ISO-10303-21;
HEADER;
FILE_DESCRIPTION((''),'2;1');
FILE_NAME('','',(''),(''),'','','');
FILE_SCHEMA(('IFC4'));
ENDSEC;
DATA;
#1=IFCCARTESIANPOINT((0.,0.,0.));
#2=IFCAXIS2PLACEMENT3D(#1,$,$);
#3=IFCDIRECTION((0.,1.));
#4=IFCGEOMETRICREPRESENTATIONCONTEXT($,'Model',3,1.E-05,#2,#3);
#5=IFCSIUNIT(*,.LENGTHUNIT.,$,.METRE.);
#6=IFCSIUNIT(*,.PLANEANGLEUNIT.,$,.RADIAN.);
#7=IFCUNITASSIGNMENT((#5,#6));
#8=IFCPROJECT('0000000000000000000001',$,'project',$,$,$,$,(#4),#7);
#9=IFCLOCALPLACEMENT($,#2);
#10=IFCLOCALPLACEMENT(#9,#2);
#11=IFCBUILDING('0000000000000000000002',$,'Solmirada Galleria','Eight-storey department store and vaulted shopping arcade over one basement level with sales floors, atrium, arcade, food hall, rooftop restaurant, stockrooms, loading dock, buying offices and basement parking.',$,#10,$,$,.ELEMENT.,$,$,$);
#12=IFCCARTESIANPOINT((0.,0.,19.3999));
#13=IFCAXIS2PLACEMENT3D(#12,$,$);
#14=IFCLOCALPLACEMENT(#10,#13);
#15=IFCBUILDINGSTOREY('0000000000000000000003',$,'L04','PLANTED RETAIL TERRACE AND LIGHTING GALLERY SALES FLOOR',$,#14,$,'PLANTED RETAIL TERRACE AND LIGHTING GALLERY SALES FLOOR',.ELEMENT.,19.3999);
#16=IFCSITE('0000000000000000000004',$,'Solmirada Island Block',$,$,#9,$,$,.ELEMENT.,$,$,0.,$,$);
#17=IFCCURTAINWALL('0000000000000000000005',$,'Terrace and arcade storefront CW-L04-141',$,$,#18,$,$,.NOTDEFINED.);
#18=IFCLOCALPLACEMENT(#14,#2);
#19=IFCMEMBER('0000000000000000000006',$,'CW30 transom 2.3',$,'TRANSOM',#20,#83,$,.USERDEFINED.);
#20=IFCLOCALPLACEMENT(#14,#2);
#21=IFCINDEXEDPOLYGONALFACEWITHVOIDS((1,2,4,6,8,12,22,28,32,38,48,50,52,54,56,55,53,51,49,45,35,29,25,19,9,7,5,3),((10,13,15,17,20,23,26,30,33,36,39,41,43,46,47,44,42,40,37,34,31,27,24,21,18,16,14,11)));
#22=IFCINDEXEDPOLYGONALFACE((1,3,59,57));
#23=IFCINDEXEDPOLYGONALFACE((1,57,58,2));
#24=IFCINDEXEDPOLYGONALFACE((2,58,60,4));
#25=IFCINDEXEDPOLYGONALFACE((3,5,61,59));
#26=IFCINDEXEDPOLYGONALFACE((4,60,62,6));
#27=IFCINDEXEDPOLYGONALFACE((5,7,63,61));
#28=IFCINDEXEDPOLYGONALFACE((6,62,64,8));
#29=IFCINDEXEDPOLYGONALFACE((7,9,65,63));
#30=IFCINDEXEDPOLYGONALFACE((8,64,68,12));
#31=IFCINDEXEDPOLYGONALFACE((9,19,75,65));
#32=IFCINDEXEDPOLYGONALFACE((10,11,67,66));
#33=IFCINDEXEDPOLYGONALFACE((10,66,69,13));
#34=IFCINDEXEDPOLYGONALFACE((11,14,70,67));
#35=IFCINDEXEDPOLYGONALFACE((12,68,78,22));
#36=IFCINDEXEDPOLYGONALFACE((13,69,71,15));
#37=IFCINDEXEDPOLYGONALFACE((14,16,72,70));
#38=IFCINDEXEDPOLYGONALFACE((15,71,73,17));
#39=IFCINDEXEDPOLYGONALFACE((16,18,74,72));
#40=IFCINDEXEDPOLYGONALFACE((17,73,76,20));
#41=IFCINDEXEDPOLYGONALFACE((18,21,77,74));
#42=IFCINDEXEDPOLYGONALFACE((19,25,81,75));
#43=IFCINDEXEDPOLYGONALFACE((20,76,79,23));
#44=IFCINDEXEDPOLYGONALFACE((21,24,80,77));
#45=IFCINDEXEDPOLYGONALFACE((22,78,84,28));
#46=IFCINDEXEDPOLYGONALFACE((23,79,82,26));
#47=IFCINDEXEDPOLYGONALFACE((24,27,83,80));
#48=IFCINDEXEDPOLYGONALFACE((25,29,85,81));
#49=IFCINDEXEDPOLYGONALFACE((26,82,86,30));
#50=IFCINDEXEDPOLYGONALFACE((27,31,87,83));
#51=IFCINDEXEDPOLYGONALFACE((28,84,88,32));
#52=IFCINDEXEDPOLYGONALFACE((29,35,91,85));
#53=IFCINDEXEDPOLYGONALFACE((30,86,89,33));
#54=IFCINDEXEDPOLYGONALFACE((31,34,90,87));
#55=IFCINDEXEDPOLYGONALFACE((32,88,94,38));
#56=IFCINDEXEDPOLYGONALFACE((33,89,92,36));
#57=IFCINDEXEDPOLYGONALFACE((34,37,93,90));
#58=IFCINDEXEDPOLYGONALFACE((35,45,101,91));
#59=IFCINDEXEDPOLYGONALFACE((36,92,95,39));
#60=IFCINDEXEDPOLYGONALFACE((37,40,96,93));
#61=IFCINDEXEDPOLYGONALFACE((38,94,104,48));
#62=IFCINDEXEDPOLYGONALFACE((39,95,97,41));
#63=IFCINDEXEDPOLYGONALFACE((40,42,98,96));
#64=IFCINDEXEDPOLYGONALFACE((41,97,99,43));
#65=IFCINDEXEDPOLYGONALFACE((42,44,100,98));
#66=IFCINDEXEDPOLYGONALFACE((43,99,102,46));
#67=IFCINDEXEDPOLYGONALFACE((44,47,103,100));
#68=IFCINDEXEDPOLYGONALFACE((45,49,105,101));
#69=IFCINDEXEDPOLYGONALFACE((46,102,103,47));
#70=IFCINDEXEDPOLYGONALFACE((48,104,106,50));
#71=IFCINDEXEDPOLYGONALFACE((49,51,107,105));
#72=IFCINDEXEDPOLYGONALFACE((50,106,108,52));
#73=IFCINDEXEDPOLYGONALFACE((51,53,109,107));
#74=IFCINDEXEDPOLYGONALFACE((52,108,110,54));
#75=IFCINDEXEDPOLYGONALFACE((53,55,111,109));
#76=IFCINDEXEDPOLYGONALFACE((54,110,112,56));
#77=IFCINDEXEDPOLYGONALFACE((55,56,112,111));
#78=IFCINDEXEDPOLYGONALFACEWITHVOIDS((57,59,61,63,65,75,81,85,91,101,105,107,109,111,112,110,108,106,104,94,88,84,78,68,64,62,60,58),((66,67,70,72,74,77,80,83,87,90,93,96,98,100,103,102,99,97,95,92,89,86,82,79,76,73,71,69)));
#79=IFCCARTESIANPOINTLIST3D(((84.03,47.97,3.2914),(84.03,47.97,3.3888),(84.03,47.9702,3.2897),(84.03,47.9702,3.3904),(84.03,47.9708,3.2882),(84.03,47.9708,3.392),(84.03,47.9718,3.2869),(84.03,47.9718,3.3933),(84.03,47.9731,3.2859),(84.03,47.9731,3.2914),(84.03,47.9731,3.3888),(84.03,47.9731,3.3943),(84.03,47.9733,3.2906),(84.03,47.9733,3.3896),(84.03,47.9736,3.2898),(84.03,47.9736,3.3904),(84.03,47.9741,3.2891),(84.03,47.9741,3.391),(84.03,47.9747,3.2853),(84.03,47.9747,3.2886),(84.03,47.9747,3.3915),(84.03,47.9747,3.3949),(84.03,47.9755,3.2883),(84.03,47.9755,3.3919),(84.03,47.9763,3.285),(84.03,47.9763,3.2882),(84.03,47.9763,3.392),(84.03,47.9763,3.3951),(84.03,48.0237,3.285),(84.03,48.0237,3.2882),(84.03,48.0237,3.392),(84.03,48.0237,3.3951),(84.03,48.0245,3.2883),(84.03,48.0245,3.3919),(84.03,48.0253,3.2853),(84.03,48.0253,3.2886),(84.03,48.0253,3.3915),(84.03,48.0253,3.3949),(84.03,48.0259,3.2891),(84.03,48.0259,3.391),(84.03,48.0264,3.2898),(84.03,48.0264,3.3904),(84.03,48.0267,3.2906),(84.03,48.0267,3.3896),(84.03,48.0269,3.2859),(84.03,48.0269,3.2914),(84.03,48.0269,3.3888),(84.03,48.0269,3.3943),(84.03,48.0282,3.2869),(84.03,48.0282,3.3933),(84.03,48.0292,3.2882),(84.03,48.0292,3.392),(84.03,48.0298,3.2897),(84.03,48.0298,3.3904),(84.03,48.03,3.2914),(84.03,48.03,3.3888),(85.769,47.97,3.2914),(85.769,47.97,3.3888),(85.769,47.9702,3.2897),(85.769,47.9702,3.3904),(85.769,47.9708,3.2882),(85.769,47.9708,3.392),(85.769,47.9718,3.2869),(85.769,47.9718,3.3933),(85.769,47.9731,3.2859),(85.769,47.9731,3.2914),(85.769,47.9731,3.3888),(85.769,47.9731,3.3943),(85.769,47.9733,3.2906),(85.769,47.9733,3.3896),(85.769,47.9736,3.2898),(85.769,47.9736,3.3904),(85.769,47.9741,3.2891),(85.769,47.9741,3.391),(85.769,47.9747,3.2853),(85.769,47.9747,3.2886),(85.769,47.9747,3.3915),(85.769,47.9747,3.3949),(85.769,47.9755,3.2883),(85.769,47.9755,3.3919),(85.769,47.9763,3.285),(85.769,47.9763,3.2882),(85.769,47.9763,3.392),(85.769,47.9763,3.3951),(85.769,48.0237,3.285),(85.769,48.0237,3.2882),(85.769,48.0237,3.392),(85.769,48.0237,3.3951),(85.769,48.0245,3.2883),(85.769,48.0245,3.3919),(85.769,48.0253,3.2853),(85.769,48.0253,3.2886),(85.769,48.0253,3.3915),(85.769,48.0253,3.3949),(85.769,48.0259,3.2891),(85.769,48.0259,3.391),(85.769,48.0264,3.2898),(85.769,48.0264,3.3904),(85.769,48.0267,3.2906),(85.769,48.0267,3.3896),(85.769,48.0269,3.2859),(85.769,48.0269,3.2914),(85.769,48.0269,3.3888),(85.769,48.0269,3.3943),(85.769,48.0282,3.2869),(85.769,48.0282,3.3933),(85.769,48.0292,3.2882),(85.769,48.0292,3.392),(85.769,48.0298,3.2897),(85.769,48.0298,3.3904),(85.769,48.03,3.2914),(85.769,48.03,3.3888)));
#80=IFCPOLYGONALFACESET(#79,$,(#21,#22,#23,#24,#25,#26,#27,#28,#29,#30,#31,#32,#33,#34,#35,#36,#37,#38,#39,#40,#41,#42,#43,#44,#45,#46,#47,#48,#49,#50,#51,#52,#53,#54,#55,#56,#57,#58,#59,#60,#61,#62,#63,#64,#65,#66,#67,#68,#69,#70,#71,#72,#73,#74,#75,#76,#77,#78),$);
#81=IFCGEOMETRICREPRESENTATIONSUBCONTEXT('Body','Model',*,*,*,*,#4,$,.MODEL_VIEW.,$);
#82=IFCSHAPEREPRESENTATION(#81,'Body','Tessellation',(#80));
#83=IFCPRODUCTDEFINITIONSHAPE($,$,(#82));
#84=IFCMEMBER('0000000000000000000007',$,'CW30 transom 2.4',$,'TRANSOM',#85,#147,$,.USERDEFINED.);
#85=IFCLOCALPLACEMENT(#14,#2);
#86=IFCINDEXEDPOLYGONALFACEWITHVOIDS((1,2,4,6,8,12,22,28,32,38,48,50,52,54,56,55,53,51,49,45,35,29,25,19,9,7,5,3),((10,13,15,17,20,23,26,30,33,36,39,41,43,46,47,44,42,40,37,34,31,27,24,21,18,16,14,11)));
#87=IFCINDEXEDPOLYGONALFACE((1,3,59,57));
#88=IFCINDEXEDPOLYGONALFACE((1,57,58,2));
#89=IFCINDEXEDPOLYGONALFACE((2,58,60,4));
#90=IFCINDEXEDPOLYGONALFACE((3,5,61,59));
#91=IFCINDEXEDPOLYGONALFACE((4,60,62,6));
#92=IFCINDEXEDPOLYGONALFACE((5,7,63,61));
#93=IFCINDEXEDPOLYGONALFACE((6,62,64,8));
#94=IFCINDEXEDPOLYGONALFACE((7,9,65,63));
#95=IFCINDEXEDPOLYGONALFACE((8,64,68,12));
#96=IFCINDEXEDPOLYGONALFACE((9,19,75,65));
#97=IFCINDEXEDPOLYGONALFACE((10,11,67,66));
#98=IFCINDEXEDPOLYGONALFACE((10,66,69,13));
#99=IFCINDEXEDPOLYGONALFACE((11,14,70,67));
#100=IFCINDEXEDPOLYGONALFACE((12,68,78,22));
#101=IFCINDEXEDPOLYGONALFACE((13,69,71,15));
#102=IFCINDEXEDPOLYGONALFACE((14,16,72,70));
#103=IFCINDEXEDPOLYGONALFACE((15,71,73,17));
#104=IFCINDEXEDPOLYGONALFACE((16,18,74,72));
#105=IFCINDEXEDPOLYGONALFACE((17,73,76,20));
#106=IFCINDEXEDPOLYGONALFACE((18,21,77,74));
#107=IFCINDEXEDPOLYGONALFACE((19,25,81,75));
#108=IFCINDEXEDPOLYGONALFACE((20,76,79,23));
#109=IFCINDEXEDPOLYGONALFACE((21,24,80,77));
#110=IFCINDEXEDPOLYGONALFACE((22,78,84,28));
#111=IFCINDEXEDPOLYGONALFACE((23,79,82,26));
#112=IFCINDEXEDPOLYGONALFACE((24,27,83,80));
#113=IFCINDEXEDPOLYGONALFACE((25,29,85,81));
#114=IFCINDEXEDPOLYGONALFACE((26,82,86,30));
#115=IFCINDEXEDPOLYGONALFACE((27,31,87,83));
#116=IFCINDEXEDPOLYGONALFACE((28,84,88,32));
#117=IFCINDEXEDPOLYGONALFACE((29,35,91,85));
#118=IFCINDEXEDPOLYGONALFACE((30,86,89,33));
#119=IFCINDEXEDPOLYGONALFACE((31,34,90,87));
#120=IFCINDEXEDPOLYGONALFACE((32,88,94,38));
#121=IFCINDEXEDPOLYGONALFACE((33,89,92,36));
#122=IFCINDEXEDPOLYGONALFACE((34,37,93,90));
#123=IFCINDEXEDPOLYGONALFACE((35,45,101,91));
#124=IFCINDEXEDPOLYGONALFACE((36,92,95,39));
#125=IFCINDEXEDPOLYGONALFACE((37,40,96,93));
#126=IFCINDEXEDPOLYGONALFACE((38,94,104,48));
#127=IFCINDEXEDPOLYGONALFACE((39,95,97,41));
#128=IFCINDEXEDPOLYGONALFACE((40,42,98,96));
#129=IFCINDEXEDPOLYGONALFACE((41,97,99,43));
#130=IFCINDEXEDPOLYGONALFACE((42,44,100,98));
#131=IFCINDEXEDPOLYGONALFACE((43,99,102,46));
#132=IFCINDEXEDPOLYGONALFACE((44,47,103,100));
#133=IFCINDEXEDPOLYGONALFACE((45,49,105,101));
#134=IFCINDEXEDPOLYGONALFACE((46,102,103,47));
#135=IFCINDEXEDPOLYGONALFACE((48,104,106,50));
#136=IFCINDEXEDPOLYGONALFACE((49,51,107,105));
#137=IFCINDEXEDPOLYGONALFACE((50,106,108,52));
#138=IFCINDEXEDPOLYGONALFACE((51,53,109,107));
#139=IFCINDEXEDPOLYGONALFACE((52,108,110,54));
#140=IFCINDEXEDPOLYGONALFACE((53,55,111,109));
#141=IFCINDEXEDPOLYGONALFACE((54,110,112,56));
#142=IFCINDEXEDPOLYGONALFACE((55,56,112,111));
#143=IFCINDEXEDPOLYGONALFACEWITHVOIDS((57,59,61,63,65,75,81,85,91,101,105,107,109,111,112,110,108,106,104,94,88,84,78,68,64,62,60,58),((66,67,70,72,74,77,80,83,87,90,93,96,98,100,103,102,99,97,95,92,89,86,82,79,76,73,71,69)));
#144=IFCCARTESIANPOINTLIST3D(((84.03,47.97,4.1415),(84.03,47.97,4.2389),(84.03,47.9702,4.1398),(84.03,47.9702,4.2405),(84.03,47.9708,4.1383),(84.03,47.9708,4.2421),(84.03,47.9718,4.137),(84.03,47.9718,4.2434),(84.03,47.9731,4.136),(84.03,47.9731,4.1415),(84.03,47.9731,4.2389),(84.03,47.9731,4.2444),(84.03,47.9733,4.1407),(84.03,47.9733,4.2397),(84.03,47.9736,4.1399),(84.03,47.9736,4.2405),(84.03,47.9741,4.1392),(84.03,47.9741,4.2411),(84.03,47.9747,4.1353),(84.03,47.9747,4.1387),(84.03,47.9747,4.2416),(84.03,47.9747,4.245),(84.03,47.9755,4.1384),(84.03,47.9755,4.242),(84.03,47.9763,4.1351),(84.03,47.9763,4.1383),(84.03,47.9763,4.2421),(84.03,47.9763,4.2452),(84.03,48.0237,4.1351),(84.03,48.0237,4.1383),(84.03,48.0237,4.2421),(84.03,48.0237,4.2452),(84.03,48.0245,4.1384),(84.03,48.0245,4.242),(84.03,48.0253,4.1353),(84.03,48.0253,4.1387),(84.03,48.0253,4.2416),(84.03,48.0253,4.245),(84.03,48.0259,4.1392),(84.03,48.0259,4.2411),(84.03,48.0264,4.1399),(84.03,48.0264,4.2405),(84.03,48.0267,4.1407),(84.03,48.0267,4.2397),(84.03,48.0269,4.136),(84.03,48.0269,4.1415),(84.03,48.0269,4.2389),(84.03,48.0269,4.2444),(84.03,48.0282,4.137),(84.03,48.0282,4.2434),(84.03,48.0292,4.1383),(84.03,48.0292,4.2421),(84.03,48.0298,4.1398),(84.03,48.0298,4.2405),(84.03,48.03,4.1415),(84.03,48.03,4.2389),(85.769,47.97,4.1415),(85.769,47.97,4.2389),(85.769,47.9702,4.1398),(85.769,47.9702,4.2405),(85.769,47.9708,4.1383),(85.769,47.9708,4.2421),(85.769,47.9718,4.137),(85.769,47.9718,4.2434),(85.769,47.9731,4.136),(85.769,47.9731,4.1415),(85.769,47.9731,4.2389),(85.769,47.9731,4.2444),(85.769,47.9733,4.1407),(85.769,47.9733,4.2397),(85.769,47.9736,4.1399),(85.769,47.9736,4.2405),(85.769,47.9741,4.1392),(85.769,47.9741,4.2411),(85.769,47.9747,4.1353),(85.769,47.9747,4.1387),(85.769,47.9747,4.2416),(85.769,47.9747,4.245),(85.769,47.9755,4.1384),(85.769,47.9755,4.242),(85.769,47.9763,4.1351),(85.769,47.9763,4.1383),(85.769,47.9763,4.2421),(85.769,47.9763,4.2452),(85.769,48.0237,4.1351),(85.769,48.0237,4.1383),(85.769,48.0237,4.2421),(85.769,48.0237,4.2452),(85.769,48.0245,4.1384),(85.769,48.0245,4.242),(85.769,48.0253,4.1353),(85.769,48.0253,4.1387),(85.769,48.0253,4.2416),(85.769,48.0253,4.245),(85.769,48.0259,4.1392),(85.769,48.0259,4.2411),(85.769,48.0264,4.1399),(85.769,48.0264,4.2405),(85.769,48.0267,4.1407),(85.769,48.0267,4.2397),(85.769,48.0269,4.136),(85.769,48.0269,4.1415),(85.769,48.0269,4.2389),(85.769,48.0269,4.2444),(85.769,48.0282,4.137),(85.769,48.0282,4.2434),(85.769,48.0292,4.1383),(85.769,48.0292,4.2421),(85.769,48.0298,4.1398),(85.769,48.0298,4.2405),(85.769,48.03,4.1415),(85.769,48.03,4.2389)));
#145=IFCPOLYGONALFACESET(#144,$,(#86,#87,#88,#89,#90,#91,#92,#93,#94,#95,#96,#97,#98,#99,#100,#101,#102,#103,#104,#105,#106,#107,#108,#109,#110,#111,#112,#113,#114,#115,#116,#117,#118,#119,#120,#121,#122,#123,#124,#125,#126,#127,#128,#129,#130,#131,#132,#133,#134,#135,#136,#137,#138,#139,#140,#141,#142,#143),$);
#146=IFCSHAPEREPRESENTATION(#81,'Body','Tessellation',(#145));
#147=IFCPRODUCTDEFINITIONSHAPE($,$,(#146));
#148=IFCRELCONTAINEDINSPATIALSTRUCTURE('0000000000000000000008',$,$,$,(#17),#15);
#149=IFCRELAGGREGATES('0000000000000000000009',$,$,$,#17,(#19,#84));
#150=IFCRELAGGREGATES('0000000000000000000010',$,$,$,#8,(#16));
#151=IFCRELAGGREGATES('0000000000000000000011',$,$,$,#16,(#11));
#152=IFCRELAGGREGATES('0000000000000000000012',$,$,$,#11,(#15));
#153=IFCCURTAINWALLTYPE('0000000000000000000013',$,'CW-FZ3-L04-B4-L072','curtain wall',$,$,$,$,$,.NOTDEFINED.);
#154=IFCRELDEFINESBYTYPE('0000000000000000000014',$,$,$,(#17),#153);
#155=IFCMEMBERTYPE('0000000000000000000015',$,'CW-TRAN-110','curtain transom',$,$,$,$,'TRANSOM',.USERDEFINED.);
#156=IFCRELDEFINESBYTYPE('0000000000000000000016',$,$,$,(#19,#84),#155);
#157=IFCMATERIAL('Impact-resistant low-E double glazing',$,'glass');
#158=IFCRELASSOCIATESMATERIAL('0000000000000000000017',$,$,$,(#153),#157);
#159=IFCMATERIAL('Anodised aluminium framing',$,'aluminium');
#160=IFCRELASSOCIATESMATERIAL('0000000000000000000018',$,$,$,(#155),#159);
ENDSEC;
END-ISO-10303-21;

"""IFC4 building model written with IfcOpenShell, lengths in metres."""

from ifc_helpers import new_model, si_unit, direction, frame, origin, origin_2d, place, context, subcontext, project, spatial, hollow_rectangle, extrude, material, material_profile, profile_set, type_object, element, aggregate, save


model = new_model("IFC4")

# Units and contexts
model_context = context("Model", 3, precision=1e-05, world=origin(), true_north=direction((0.0, 1.0)))
body_context = subcontext(model_context, "Body", "Model", "MODEL_VIEW")
ifc_project = project(units=[si_unit("LENGTHUNIT", "METRE"), si_unit("PLANEANGLEUNIT", "RADIAN")], contexts=[model_context])

# Site, building, storey
site_placement = place(None, origin())
site = spatial("IfcSite", under=ifc_project, at=site_placement, Name="Solmirada Island Block", CompositionType="ELEMENT", RefElevation=0.0)
building_placement = place(site_placement, origin())
building = spatial("IfcBuilding", under=site, at=building_placement, Name="Solmirada Galleria", Description="Eight-storey department store and vaulted shopping arcade over one basement level with sales floors, atrium, arcade, food hall, rooftop restaurant, stockrooms, loading dock, buying offices and basement parking.", CompositionType="ELEMENT")
storey_placement = place(building_placement, frame((0.0, 0.0, 19.3999)))
storey = spatial("IfcBuildingStorey", under=building, at=storey_placement, Name="L04", Description="PLANTED RETAIL TERRACE AND LIGHTING GALLERY SALES FLOOR", LongName="PLANTED RETAIL TERRACE AND LIGHTING GALLERY SALES FLOOR", CompositionType="ELEMENT", Elevation=19.3999)

# Curtain wall, members
ifc_material_1 = material(Name="Impact-resistant low-E double glazing", Category="glass")
curtain_wall_type = type_object("IfcCurtainWallType", Name="CW-FZ3-L04-B4-L072", Description="curtain wall", PredefinedType="NOTDEFINED", material=ifc_material_1)
curtain_wall_placement = place(storey_placement, origin())
curtain_wall = element("IfcCurtainWall", 1, at=curtain_wall_placement, inside=storey, type_object=curtain_wall_type, Name="Terrace and arcade storefront CW-L04-141", PredefinedType="NOTDEFINED")
ifc_material_2 = material(Name="Anodised aluminium framing", Category="aluminium")
ifc_material_profile_1 = material_profile(ifc_material_2, hollow_rectangle(XDim=0.0601, YDim=0.1101, WallThickness=0.0032, InnerFilletRadius=0.0032, OuterFilletRadius=0.0063, at=origin_2d()), Name="ALU-TRAN-110X60")
ifc_profile_set_1 = profile_set([ifc_material_profile_1], Name="Anodised aluminium framing")
member_type_1 = type_object("IfcMemberType", Name="CW-TRAN-110", Description="curtain transom", ElementType="TRANSOM", PredefinedType="USERDEFINED", material=ifc_profile_set_1)
member_1_placement = place(storey_placement, frame((85.769, 48.0, 3.3401), z_axis=(-1.0, 0.0, 0.0), x_axis=(0.0, -1.0, 0.0)))
member_1 = element("IfcMember", 2, at=member_1_placement, type_object=member_type_1, Name="CW30 transom 2.3", ObjectType="TRANSOM", PredefinedType="USERDEFINED", context=body_context, shape_type="SweptSolid", body=[
    extrude(hollow_rectangle(XDim=0.0601, YDim=0.1101, WallThickness=0.0032, InnerFilletRadius=0.0032, OuterFilletRadius=0.0063, at=origin_2d()), origin(), (0.0, 0.0, 1.0), 1.739),
])
member_2_placement = place(storey_placement, frame((85.769, 48.0, 4.1902), z_axis=(-1.0, 0.0, 0.0), x_axis=(0.0, -1.0, 0.0)))
member_2 = element("IfcMember", 3, at=member_2_placement, type_object=member_type_1, Name="CW30 transom 2.4", ObjectType="TRANSOM", PredefinedType="USERDEFINED", context=body_context, shape_type="SweptSolid", body=[
    extrude(hollow_rectangle(XDim=0.0601, YDim=0.1101, WallThickness=0.0032, InnerFilletRadius=0.0032, OuterFilletRadius=0.0063, at=origin_2d()), origin(), (0.0, 0.0, 1.0), 1.739),
])
aggregate(curtain_wall, [member_1, member_2])

save(model, "model.ifc")
